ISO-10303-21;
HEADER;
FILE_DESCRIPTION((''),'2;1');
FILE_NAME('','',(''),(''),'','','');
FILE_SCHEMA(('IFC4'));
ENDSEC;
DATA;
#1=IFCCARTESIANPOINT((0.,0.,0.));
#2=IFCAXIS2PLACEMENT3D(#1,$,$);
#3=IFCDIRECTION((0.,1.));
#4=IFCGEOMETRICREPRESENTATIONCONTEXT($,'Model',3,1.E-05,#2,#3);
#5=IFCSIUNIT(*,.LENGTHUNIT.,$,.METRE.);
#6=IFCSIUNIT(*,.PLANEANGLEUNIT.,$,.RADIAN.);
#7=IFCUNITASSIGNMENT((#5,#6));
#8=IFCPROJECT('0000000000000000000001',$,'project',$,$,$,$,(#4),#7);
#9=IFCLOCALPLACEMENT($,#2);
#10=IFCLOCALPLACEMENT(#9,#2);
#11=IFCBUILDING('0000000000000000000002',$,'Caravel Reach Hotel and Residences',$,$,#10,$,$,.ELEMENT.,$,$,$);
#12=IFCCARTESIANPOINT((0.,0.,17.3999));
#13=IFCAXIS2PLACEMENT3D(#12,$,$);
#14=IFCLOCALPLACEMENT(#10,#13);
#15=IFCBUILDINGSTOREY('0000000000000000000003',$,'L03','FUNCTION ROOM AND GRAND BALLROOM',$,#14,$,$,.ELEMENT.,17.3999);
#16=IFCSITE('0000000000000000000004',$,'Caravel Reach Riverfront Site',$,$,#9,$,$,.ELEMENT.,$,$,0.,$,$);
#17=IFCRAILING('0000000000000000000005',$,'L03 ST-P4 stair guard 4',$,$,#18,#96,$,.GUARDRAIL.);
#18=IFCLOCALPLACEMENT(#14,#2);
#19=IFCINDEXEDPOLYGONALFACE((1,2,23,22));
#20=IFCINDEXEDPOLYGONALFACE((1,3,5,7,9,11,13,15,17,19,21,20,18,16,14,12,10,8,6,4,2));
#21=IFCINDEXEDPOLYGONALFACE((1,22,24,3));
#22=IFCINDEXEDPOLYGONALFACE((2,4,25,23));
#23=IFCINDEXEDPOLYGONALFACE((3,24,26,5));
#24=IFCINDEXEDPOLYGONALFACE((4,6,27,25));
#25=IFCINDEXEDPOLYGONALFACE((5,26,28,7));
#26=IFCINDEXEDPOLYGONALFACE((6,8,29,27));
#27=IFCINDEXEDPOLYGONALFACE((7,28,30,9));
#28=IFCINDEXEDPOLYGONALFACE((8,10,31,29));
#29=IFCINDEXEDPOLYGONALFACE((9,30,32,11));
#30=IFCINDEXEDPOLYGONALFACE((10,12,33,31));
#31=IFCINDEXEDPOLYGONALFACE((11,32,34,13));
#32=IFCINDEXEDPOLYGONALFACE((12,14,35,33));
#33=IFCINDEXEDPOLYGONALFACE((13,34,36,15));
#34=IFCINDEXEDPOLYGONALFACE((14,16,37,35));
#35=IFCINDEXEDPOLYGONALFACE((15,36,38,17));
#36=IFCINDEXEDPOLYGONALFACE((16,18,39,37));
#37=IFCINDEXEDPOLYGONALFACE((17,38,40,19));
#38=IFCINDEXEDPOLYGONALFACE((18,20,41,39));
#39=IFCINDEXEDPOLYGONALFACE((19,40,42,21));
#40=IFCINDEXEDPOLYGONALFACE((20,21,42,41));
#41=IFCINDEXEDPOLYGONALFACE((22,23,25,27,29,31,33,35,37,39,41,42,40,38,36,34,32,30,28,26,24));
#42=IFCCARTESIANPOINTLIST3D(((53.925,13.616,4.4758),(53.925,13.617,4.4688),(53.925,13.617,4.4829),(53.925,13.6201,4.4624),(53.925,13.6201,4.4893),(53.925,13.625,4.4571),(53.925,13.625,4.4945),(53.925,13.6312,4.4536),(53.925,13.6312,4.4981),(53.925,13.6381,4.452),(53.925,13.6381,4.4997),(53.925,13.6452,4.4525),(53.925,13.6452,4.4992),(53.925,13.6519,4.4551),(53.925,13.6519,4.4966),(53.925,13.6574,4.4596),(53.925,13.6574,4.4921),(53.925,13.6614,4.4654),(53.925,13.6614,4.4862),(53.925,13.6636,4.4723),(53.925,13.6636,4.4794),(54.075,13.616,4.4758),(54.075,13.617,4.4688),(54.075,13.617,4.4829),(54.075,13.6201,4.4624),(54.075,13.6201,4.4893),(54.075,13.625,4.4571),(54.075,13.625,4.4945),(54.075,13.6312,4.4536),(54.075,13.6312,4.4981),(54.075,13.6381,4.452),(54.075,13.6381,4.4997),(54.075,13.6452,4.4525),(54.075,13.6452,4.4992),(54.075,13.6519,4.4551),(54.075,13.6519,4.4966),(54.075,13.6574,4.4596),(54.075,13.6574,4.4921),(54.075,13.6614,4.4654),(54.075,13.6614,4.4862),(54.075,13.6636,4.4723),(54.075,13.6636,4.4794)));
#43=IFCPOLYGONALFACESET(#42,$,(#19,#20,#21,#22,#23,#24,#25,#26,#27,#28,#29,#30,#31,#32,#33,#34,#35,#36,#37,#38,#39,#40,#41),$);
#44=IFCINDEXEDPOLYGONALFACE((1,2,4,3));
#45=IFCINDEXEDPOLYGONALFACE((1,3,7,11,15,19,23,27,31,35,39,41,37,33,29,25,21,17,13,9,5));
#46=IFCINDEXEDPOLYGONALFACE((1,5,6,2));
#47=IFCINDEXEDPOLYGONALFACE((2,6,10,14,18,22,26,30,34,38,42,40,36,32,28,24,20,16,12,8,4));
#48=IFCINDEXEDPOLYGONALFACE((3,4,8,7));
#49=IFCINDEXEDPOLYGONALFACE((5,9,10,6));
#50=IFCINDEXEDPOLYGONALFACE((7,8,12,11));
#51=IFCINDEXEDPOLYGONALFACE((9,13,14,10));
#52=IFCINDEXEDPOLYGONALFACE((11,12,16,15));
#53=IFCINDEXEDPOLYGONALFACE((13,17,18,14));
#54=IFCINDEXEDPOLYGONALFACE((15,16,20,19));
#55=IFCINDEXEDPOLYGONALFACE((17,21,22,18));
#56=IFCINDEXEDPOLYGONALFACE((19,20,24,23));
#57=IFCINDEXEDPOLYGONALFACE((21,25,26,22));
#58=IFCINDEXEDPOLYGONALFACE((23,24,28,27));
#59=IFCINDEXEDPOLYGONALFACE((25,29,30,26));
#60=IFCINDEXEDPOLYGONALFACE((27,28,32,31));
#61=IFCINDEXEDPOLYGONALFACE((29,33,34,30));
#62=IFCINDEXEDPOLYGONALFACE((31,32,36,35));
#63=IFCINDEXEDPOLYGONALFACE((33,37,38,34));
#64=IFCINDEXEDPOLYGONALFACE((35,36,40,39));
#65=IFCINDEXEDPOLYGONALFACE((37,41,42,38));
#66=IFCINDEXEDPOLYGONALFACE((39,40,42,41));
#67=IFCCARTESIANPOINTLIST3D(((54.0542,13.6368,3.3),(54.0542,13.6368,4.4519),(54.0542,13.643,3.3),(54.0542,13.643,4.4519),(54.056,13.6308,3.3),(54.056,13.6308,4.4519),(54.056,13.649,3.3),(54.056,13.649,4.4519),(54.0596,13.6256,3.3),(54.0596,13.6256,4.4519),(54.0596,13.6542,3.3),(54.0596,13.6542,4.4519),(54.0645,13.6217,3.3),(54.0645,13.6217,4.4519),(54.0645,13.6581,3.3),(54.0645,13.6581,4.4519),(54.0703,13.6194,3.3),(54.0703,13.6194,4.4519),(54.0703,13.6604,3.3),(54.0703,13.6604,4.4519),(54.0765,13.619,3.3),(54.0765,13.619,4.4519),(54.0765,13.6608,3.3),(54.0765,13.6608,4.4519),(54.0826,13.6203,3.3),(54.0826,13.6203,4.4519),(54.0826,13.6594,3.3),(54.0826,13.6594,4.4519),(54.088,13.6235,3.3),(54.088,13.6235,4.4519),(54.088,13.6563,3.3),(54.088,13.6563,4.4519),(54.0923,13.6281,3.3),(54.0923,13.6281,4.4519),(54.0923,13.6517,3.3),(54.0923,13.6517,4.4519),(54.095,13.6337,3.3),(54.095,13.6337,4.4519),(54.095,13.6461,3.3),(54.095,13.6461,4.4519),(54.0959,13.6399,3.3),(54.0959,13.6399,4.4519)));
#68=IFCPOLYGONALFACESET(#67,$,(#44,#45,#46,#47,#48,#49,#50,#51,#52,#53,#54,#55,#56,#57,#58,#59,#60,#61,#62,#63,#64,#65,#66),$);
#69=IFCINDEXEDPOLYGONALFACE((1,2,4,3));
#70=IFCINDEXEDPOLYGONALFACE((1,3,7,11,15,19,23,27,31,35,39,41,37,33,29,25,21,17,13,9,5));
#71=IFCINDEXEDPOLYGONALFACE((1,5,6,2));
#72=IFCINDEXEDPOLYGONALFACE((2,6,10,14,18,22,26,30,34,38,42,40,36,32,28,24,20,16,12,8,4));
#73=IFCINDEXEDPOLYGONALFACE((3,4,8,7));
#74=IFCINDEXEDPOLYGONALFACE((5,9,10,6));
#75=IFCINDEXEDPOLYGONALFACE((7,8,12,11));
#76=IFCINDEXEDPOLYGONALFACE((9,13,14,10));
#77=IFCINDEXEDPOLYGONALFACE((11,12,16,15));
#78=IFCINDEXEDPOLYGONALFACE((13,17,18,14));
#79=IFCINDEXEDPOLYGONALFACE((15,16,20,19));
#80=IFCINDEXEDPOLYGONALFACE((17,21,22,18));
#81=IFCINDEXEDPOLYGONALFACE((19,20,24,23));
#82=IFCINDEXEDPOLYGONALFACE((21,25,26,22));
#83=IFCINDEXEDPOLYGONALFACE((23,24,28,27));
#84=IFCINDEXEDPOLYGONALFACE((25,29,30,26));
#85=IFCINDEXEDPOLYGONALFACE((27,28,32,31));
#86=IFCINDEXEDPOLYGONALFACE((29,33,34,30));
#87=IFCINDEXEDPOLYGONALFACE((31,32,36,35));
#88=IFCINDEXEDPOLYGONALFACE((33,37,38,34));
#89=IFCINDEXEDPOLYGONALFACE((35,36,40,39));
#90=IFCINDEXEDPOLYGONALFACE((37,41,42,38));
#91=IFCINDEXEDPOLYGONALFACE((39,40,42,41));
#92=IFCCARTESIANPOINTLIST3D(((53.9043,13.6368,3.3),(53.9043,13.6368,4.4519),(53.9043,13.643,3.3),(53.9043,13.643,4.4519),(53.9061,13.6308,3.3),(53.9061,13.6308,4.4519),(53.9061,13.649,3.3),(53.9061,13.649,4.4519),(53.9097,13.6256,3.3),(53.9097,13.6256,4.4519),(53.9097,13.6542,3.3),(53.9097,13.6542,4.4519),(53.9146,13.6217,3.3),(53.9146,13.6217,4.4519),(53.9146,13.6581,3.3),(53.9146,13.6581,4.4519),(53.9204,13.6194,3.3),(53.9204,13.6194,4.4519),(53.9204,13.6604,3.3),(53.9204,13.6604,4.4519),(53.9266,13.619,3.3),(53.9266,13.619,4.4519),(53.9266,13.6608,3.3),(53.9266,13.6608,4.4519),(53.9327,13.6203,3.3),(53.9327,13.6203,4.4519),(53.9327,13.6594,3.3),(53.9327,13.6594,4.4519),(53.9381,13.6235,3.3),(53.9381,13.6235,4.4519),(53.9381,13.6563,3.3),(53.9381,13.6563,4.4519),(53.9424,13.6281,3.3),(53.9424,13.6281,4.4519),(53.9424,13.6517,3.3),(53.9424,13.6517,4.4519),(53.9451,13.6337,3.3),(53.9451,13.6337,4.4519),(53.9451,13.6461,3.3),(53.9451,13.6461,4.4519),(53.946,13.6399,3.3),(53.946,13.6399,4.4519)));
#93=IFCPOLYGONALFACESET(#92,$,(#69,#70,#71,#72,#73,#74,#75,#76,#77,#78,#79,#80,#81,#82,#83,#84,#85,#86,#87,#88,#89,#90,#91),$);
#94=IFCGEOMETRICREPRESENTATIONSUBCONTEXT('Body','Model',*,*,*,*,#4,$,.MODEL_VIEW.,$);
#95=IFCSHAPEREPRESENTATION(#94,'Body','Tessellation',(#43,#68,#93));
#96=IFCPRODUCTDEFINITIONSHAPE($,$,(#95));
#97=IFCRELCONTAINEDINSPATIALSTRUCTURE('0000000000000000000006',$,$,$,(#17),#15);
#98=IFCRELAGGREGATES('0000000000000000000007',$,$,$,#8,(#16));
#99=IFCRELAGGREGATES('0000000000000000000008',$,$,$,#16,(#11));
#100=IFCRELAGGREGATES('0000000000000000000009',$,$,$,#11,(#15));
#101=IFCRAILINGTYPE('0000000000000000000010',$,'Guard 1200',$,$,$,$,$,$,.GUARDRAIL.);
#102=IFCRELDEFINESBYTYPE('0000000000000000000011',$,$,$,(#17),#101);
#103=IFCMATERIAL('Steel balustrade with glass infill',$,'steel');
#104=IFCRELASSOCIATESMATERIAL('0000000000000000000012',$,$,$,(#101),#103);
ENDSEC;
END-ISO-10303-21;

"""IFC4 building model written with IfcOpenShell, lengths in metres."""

from ifc_helpers import new_model, si_unit, direction, frame, origin, origin_2d, place, context, subcontext, project, spatial, circle, extrude, material, type_object, element, save


model = new_model("IFC4")

# Units and contexts
model_context = context("Model", 3, precision=1e-05, world=origin(), true_north=direction((0.0, 1.0)))
body_context = subcontext(model_context, "Body", "Model", "MODEL_VIEW")
ifc_project = project(units=[si_unit("LENGTHUNIT", "METRE"), si_unit("PLANEANGLEUNIT", "RADIAN")], contexts=[model_context])

# Site, building, storey
site_placement = place(None, origin())
site = spatial("IfcSite", under=ifc_project, at=site_placement, Name="Caravel Reach Riverfront Site", CompositionType="ELEMENT", RefElevation=0.0)
building_placement = place(site_placement, origin())
building = spatial("IfcBuilding", under=site, at=building_placement, Name="Caravel Reach Hotel and Residences", CompositionType="ELEMENT")
storey_placement = place(building_placement, frame((0.0, 0.0, 17.3999)))
storey = spatial("IfcBuildingStorey", under=building, at=storey_placement, Name="L03", Description="FUNCTION ROOM AND GRAND BALLROOM", CompositionType="ELEMENT", Elevation=17.3999)

# Railing
ifc_material_1 = material(Name="Steel balustrade with glass infill", Category="steel")
railing_type_1 = type_object("IfcRailingType", Name="Guard 1200", PredefinedType="GUARDRAIL", material=ifc_material_1)
railing_1_placement = place(storey_placement, frame((54.075, 13.6399, 3.3)))
element("IfcRailing", 1, at=railing_1_placement, inside=storey, type_object=railing_type_1, Name="L03 ST-P4 stair guard 4", PredefinedType="GUARDRAIL", context=body_context, shape_type="SweptSolid", body=[
    extrude(circle(Radius=0.0239, at=origin_2d()), frame((0.0, 0.0, 1.1758), z_axis=(-1.0, 0.0, 0.0), x_axis=(0.0, -1.0, 0.0)), (0.0, 0.0, 1.0), 0.1499),
    extrude(circle(Radius=0.021, at=origin_2d()), origin(), (0.0, 0.0, 1.0), 1.1519),
    extrude(circle(Radius=0.021, at=origin_2d()), frame((-0.1499, 0.0, 0.0)), (0.0, 0.0, 1.0), 1.1519),
])

save(model, "model.ifc")
